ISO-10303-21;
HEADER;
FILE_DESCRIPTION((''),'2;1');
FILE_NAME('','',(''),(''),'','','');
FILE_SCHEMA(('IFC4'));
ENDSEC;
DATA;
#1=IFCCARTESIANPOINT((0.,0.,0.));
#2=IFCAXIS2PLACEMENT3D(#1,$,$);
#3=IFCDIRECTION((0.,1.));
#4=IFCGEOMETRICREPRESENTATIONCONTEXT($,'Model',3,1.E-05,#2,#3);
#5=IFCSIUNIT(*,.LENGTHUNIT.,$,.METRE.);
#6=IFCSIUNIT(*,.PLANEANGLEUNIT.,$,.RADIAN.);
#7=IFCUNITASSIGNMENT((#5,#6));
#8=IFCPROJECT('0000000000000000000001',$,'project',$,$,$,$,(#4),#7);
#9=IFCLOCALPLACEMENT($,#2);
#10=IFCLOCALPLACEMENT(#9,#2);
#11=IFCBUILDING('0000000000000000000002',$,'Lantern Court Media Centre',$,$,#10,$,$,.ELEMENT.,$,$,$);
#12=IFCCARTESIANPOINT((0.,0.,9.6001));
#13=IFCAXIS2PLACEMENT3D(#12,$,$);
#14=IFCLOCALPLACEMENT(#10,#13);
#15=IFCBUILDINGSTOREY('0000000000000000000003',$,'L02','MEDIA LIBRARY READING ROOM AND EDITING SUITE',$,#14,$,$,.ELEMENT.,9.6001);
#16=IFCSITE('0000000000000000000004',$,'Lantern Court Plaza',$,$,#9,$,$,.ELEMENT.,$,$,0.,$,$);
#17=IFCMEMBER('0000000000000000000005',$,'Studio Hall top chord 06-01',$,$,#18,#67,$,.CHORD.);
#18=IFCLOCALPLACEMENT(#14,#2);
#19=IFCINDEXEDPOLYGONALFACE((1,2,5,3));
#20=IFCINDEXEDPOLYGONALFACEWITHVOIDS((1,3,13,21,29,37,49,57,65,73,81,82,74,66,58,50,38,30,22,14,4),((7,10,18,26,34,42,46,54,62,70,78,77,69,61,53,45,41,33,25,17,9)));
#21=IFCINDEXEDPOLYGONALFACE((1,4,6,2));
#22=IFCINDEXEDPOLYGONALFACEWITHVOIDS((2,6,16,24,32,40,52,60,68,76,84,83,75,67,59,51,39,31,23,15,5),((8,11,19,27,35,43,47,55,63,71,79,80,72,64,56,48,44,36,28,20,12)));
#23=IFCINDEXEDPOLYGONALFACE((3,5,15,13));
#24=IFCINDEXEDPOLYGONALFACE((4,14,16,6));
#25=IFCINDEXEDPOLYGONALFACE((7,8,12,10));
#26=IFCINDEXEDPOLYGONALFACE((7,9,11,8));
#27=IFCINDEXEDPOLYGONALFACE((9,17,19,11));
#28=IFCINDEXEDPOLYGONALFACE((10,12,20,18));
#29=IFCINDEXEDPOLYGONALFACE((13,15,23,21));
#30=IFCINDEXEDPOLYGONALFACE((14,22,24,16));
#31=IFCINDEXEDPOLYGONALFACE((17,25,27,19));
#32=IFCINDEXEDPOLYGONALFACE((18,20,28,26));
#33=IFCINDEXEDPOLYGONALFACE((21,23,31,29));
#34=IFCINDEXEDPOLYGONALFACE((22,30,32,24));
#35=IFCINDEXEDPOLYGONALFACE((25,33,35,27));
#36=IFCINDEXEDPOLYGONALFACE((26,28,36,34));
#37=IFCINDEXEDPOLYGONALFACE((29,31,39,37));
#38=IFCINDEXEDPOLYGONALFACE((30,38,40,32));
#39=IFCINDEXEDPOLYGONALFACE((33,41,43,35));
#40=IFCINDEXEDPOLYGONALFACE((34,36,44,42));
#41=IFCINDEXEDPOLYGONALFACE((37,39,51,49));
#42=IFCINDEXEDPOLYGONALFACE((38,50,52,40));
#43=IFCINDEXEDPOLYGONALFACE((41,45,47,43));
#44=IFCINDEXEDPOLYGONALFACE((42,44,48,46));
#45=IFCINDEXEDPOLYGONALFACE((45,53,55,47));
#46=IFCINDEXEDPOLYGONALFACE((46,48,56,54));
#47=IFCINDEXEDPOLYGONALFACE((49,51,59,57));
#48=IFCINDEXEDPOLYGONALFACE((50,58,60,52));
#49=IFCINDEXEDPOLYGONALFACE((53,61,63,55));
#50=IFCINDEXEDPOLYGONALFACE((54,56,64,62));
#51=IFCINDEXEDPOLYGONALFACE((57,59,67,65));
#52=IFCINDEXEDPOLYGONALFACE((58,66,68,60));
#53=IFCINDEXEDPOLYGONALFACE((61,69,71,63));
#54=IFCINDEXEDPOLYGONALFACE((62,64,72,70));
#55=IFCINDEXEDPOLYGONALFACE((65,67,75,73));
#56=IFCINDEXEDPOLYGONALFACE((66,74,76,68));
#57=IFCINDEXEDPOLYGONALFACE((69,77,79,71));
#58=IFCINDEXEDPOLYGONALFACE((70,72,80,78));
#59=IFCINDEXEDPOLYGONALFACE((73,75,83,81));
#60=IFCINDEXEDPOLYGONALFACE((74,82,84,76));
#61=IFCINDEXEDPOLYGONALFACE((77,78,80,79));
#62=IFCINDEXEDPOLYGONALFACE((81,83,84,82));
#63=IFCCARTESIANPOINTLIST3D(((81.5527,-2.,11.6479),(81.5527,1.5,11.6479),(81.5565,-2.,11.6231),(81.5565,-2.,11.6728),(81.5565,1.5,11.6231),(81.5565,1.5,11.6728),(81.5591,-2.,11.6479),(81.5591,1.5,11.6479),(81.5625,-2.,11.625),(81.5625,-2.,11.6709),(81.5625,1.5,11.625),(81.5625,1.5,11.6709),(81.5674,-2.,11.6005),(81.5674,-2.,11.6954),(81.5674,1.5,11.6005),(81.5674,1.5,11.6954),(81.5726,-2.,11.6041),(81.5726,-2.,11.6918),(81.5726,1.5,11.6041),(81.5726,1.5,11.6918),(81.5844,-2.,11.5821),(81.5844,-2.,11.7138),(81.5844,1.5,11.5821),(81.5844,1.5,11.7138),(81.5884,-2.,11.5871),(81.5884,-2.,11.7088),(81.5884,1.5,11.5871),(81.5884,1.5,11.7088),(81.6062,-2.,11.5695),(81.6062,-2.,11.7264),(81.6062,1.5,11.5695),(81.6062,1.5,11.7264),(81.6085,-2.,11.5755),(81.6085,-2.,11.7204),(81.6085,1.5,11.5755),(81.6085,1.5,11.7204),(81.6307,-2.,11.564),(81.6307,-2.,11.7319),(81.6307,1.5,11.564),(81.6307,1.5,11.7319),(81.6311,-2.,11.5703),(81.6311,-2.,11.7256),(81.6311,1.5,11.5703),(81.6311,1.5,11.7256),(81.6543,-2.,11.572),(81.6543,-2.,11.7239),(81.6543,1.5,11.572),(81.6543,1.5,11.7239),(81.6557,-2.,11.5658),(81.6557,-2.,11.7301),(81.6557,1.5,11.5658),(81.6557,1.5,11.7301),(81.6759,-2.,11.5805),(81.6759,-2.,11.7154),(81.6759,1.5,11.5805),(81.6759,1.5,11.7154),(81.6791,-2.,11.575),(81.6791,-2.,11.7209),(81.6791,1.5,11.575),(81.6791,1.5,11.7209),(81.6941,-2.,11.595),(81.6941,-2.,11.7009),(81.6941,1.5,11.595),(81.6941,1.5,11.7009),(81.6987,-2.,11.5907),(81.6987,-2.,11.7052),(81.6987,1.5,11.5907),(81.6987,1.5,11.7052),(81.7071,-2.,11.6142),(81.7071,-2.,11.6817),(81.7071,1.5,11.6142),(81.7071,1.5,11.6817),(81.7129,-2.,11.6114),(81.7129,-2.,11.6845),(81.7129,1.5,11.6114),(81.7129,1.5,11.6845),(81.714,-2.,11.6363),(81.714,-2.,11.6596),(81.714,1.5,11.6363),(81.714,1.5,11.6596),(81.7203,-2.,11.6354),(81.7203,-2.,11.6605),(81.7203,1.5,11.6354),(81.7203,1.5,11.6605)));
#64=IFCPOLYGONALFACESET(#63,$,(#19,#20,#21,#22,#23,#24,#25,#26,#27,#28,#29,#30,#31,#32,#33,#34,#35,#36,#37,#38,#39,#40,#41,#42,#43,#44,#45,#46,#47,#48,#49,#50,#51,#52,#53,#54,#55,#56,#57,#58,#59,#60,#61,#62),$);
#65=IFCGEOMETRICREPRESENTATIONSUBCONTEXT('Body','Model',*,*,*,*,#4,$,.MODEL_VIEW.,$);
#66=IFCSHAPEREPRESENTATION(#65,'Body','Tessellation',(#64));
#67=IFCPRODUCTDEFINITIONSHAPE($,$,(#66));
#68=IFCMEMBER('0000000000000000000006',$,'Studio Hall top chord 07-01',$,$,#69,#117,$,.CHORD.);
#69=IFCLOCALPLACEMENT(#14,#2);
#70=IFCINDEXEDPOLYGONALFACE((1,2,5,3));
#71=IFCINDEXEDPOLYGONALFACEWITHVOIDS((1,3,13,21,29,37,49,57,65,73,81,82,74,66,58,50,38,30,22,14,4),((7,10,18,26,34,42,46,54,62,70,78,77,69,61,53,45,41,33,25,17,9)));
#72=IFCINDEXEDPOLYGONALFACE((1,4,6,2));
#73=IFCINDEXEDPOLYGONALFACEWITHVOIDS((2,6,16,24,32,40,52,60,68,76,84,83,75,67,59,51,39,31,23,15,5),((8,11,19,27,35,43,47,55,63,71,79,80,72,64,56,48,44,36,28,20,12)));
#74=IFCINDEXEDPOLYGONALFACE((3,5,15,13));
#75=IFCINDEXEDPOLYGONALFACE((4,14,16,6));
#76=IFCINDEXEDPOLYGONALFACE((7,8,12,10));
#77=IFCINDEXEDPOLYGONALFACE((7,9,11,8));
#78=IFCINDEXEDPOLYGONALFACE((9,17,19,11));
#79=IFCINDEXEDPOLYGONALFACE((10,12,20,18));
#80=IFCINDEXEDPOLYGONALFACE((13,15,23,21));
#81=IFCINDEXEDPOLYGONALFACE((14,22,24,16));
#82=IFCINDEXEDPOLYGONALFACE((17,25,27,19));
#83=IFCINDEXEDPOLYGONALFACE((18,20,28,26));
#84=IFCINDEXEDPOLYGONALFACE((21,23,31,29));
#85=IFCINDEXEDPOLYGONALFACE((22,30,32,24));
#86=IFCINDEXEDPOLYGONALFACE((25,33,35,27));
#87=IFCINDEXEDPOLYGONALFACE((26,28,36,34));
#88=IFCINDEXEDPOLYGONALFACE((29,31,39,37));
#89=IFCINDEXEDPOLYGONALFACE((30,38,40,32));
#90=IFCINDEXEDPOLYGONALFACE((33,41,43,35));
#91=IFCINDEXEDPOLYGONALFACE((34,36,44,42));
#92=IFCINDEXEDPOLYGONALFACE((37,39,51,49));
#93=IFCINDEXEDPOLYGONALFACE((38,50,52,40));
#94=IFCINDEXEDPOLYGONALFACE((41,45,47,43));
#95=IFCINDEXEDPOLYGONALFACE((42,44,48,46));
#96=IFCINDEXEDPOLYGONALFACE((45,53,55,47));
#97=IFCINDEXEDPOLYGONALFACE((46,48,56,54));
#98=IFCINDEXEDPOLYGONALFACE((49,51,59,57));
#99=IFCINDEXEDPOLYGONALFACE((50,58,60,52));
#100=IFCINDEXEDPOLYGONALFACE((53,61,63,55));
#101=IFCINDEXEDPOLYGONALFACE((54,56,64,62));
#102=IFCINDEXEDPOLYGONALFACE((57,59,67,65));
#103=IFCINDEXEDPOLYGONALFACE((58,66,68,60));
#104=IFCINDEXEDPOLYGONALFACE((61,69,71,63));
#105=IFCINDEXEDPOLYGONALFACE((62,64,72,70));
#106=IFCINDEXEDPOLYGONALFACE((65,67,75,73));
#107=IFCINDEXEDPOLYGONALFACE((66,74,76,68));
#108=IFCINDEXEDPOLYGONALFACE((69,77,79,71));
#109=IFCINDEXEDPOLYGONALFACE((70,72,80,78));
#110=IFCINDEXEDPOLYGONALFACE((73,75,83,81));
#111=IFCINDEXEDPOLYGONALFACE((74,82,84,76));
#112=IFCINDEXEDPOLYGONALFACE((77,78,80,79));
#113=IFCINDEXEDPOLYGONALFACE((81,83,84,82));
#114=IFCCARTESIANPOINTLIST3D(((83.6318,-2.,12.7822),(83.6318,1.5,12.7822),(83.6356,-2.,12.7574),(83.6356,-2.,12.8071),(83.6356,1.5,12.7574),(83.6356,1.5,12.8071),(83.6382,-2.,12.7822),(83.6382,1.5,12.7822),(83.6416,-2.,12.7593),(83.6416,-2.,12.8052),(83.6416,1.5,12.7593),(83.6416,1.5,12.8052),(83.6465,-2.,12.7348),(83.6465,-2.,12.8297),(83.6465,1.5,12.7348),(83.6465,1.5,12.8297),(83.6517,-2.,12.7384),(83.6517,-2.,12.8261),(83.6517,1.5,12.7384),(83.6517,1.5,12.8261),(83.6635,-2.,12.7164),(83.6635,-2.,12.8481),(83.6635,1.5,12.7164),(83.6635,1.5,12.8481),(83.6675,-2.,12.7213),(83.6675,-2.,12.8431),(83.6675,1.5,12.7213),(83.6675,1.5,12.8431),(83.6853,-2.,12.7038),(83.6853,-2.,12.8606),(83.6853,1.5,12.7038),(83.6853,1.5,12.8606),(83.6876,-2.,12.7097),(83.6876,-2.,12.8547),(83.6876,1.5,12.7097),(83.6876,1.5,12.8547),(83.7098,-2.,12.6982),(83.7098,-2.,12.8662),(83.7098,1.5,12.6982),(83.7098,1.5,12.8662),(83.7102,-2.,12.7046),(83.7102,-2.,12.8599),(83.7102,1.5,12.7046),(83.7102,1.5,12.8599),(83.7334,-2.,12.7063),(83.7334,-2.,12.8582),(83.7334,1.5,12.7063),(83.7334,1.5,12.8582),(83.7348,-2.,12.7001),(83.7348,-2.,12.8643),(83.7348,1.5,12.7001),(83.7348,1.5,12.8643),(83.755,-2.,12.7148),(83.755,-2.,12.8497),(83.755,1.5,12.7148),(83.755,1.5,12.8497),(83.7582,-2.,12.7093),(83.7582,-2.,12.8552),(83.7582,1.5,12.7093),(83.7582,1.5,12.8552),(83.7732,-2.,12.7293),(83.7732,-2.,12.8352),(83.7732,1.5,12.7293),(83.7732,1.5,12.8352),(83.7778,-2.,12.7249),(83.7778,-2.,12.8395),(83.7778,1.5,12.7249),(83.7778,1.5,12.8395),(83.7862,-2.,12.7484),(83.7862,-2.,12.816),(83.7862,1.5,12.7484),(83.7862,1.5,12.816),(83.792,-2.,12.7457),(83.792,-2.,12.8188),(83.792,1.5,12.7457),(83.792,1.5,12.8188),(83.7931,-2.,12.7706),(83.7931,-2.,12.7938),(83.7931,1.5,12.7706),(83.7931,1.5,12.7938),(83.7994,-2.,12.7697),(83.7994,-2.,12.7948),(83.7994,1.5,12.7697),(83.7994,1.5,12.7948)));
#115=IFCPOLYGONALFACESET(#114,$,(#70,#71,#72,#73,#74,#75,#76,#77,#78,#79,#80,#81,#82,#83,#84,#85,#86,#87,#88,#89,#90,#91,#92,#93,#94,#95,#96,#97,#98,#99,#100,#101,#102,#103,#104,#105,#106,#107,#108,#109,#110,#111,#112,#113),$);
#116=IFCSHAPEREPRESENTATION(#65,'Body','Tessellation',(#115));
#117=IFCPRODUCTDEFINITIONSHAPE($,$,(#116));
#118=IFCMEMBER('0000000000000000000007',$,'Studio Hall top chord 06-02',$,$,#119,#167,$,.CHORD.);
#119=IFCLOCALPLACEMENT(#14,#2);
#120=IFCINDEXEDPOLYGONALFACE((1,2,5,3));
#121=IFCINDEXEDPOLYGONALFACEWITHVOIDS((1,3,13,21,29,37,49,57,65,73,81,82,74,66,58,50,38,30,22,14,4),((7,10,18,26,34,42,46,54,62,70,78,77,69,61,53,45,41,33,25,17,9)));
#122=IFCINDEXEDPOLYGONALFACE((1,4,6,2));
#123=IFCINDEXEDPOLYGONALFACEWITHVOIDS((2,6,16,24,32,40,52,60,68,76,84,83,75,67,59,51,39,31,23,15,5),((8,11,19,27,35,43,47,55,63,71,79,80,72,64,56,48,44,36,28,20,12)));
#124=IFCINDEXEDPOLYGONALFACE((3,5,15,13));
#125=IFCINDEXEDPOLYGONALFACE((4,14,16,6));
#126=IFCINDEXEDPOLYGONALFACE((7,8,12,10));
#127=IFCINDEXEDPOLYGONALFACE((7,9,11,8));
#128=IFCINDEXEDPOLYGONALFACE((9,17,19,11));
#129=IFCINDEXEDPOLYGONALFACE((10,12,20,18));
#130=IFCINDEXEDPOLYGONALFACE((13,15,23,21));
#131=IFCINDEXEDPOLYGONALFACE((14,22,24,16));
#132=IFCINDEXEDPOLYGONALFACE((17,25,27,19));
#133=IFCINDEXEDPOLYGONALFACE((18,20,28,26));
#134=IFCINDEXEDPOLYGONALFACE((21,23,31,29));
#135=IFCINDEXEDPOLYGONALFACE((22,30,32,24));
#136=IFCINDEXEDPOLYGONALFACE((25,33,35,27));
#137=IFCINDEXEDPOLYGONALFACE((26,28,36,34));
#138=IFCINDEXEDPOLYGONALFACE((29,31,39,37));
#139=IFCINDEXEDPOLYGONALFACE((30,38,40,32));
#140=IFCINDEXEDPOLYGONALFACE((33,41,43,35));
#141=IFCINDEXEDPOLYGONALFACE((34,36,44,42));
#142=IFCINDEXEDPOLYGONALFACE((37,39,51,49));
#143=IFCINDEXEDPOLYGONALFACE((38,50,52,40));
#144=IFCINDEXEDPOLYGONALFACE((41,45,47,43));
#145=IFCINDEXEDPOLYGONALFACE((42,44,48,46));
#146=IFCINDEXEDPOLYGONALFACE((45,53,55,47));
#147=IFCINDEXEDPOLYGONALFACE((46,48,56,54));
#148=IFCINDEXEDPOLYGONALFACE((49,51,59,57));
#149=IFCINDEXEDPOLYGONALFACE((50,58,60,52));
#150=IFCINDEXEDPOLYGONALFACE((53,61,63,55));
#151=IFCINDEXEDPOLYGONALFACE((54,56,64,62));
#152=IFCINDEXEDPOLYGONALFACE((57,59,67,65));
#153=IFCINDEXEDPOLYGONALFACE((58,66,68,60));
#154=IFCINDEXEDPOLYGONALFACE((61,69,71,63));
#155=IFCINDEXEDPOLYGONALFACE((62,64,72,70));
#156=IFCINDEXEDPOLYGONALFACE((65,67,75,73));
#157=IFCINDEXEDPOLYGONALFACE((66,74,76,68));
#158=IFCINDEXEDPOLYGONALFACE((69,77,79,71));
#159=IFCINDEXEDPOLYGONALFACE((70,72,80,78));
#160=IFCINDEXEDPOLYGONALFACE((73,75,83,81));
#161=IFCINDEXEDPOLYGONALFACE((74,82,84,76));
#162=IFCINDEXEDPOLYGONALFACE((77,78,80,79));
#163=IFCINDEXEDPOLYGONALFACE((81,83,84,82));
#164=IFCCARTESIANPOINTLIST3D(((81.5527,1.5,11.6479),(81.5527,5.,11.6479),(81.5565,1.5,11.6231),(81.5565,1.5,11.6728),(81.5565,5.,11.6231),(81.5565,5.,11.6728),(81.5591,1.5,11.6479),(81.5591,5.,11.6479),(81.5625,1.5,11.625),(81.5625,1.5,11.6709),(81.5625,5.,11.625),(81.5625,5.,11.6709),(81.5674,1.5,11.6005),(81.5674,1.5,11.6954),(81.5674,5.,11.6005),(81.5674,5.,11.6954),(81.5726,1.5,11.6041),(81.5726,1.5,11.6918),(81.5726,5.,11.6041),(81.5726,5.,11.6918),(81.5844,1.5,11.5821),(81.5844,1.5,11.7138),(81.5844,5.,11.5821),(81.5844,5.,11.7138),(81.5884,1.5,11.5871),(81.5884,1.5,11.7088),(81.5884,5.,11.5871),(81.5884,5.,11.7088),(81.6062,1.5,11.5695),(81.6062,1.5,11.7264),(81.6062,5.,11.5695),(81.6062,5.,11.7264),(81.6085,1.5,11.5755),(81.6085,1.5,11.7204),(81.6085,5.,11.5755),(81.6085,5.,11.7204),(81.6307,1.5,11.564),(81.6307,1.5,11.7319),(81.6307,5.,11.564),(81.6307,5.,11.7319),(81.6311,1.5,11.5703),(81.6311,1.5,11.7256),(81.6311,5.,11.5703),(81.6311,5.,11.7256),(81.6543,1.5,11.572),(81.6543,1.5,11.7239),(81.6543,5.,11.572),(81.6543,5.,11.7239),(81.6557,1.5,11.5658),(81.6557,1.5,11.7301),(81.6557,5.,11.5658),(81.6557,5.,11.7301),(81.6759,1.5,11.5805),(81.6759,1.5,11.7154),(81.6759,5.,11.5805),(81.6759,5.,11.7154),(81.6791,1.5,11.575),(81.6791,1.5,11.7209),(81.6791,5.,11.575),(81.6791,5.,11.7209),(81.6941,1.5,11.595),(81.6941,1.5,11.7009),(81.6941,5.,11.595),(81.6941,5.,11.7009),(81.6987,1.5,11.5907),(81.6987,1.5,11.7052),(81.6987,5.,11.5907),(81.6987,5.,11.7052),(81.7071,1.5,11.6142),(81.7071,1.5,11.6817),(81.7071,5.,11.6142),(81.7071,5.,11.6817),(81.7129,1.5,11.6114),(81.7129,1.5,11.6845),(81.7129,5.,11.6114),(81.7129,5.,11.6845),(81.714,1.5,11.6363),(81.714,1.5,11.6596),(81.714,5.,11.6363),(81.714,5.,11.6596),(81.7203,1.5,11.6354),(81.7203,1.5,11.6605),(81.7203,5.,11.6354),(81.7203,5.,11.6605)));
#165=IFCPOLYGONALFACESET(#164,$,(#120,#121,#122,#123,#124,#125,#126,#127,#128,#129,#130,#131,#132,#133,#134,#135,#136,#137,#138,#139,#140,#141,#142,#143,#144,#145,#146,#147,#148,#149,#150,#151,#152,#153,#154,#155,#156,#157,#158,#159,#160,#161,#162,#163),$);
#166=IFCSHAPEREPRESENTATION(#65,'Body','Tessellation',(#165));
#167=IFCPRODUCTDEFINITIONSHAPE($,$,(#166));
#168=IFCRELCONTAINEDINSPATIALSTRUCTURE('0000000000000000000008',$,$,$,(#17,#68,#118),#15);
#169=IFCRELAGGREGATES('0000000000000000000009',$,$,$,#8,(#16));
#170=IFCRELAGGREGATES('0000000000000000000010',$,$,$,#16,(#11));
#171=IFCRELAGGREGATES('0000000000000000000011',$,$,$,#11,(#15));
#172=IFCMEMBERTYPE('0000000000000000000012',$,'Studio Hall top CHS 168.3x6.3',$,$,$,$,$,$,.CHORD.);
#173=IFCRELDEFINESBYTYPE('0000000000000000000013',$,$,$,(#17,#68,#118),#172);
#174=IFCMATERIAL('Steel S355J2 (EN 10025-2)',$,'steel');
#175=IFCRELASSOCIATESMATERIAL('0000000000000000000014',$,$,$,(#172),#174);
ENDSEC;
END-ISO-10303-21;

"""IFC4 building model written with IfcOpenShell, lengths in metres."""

from ifc_helpers import new_model, si_unit, direction, frame, origin, origin_2d, place, context, subcontext, project, spatial, hollow_circle, extrude, material, material_profile, profile_set, type_object, element, save


model = new_model("IFC4")

# Units and contexts
model_context = context("Model", 3, precision=1e-05, world=origin(), true_north=direction((0.0, 1.0)))
body_context = subcontext(model_context, "Body", "Model", "MODEL_VIEW")
ifc_project = project(units=[si_unit("LENGTHUNIT", "METRE"), si_unit("PLANEANGLEUNIT", "RADIAN")], contexts=[model_context])

# Site, building, storey
site_placement = place(None, origin())
site = spatial("IfcSite", under=ifc_project, at=site_placement, Name="Lantern Court Plaza", CompositionType="ELEMENT", RefElevation=0.0)
building_placement = place(site_placement, origin())
building = spatial("IfcBuilding", under=site, at=building_placement, Name="Lantern Court Media Centre", CompositionType="ELEMENT")
storey_placement = place(building_placement, frame((0.0, 0.0, 9.6001)))
storey = spatial("IfcBuildingStorey", under=building, at=storey_placement, Name="L02", Description="MEDIA LIBRARY READING ROOM AND EDITING SUITE", CompositionType="ELEMENT", Elevation=9.6001)

# Members
ifc_material = material(Name="Steel S355J2 (EN 10025-2)", Category="steel")
ifc_material_profile_1 = material_profile(ifc_material, hollow_circle(Radius=0.0842, WallThickness=0.0063, at=origin_2d()), Name="Studio Hall top CHS 168.3x6.3")
ifc_profile_set_1 = profile_set([ifc_material_profile_1], Name="Steel S355J2 (EN 10025-2)")
member_type_1 = type_object("IfcMemberType", Name="Studio Hall top CHS 168.3x6.3", PredefinedType="CHORD", material=ifc_profile_set_1)
for number, where, z_axis, x_axis, name in (
    (1, (81.637, -2.0, 11.6479), (0.0, 1.0, 0.0), (-1.0, 0.0, 0.0), "Studio Hall top chord 06-01"),
    (2, (83.7161, -2.0, 12.7822), (0.0, 1.0, 0.0), (-1.0, 0.0, 0.0), "Studio Hall top chord 07-01"),
    (3, (81.637, 1.5, 11.6479), (0.0, 1.0, 0.0), (-1.0, 0.0, 0.0), "Studio Hall top chord 06-02"),
):
    element("IfcMember", number, at=place(storey_placement, frame(where, z_axis=z_axis, x_axis=x_axis)), inside=storey, type_object=member_type_1, Name=name, PredefinedType="CHORD", context=body_context, shape_type="SweptSolid", body=[
        extrude(hollow_circle(Radius=0.0842, WallThickness=0.0063, at=origin_2d()), origin(), (0.0, 0.0, 1.0), 3.5),
    ])

save(model, "model.ifc")
